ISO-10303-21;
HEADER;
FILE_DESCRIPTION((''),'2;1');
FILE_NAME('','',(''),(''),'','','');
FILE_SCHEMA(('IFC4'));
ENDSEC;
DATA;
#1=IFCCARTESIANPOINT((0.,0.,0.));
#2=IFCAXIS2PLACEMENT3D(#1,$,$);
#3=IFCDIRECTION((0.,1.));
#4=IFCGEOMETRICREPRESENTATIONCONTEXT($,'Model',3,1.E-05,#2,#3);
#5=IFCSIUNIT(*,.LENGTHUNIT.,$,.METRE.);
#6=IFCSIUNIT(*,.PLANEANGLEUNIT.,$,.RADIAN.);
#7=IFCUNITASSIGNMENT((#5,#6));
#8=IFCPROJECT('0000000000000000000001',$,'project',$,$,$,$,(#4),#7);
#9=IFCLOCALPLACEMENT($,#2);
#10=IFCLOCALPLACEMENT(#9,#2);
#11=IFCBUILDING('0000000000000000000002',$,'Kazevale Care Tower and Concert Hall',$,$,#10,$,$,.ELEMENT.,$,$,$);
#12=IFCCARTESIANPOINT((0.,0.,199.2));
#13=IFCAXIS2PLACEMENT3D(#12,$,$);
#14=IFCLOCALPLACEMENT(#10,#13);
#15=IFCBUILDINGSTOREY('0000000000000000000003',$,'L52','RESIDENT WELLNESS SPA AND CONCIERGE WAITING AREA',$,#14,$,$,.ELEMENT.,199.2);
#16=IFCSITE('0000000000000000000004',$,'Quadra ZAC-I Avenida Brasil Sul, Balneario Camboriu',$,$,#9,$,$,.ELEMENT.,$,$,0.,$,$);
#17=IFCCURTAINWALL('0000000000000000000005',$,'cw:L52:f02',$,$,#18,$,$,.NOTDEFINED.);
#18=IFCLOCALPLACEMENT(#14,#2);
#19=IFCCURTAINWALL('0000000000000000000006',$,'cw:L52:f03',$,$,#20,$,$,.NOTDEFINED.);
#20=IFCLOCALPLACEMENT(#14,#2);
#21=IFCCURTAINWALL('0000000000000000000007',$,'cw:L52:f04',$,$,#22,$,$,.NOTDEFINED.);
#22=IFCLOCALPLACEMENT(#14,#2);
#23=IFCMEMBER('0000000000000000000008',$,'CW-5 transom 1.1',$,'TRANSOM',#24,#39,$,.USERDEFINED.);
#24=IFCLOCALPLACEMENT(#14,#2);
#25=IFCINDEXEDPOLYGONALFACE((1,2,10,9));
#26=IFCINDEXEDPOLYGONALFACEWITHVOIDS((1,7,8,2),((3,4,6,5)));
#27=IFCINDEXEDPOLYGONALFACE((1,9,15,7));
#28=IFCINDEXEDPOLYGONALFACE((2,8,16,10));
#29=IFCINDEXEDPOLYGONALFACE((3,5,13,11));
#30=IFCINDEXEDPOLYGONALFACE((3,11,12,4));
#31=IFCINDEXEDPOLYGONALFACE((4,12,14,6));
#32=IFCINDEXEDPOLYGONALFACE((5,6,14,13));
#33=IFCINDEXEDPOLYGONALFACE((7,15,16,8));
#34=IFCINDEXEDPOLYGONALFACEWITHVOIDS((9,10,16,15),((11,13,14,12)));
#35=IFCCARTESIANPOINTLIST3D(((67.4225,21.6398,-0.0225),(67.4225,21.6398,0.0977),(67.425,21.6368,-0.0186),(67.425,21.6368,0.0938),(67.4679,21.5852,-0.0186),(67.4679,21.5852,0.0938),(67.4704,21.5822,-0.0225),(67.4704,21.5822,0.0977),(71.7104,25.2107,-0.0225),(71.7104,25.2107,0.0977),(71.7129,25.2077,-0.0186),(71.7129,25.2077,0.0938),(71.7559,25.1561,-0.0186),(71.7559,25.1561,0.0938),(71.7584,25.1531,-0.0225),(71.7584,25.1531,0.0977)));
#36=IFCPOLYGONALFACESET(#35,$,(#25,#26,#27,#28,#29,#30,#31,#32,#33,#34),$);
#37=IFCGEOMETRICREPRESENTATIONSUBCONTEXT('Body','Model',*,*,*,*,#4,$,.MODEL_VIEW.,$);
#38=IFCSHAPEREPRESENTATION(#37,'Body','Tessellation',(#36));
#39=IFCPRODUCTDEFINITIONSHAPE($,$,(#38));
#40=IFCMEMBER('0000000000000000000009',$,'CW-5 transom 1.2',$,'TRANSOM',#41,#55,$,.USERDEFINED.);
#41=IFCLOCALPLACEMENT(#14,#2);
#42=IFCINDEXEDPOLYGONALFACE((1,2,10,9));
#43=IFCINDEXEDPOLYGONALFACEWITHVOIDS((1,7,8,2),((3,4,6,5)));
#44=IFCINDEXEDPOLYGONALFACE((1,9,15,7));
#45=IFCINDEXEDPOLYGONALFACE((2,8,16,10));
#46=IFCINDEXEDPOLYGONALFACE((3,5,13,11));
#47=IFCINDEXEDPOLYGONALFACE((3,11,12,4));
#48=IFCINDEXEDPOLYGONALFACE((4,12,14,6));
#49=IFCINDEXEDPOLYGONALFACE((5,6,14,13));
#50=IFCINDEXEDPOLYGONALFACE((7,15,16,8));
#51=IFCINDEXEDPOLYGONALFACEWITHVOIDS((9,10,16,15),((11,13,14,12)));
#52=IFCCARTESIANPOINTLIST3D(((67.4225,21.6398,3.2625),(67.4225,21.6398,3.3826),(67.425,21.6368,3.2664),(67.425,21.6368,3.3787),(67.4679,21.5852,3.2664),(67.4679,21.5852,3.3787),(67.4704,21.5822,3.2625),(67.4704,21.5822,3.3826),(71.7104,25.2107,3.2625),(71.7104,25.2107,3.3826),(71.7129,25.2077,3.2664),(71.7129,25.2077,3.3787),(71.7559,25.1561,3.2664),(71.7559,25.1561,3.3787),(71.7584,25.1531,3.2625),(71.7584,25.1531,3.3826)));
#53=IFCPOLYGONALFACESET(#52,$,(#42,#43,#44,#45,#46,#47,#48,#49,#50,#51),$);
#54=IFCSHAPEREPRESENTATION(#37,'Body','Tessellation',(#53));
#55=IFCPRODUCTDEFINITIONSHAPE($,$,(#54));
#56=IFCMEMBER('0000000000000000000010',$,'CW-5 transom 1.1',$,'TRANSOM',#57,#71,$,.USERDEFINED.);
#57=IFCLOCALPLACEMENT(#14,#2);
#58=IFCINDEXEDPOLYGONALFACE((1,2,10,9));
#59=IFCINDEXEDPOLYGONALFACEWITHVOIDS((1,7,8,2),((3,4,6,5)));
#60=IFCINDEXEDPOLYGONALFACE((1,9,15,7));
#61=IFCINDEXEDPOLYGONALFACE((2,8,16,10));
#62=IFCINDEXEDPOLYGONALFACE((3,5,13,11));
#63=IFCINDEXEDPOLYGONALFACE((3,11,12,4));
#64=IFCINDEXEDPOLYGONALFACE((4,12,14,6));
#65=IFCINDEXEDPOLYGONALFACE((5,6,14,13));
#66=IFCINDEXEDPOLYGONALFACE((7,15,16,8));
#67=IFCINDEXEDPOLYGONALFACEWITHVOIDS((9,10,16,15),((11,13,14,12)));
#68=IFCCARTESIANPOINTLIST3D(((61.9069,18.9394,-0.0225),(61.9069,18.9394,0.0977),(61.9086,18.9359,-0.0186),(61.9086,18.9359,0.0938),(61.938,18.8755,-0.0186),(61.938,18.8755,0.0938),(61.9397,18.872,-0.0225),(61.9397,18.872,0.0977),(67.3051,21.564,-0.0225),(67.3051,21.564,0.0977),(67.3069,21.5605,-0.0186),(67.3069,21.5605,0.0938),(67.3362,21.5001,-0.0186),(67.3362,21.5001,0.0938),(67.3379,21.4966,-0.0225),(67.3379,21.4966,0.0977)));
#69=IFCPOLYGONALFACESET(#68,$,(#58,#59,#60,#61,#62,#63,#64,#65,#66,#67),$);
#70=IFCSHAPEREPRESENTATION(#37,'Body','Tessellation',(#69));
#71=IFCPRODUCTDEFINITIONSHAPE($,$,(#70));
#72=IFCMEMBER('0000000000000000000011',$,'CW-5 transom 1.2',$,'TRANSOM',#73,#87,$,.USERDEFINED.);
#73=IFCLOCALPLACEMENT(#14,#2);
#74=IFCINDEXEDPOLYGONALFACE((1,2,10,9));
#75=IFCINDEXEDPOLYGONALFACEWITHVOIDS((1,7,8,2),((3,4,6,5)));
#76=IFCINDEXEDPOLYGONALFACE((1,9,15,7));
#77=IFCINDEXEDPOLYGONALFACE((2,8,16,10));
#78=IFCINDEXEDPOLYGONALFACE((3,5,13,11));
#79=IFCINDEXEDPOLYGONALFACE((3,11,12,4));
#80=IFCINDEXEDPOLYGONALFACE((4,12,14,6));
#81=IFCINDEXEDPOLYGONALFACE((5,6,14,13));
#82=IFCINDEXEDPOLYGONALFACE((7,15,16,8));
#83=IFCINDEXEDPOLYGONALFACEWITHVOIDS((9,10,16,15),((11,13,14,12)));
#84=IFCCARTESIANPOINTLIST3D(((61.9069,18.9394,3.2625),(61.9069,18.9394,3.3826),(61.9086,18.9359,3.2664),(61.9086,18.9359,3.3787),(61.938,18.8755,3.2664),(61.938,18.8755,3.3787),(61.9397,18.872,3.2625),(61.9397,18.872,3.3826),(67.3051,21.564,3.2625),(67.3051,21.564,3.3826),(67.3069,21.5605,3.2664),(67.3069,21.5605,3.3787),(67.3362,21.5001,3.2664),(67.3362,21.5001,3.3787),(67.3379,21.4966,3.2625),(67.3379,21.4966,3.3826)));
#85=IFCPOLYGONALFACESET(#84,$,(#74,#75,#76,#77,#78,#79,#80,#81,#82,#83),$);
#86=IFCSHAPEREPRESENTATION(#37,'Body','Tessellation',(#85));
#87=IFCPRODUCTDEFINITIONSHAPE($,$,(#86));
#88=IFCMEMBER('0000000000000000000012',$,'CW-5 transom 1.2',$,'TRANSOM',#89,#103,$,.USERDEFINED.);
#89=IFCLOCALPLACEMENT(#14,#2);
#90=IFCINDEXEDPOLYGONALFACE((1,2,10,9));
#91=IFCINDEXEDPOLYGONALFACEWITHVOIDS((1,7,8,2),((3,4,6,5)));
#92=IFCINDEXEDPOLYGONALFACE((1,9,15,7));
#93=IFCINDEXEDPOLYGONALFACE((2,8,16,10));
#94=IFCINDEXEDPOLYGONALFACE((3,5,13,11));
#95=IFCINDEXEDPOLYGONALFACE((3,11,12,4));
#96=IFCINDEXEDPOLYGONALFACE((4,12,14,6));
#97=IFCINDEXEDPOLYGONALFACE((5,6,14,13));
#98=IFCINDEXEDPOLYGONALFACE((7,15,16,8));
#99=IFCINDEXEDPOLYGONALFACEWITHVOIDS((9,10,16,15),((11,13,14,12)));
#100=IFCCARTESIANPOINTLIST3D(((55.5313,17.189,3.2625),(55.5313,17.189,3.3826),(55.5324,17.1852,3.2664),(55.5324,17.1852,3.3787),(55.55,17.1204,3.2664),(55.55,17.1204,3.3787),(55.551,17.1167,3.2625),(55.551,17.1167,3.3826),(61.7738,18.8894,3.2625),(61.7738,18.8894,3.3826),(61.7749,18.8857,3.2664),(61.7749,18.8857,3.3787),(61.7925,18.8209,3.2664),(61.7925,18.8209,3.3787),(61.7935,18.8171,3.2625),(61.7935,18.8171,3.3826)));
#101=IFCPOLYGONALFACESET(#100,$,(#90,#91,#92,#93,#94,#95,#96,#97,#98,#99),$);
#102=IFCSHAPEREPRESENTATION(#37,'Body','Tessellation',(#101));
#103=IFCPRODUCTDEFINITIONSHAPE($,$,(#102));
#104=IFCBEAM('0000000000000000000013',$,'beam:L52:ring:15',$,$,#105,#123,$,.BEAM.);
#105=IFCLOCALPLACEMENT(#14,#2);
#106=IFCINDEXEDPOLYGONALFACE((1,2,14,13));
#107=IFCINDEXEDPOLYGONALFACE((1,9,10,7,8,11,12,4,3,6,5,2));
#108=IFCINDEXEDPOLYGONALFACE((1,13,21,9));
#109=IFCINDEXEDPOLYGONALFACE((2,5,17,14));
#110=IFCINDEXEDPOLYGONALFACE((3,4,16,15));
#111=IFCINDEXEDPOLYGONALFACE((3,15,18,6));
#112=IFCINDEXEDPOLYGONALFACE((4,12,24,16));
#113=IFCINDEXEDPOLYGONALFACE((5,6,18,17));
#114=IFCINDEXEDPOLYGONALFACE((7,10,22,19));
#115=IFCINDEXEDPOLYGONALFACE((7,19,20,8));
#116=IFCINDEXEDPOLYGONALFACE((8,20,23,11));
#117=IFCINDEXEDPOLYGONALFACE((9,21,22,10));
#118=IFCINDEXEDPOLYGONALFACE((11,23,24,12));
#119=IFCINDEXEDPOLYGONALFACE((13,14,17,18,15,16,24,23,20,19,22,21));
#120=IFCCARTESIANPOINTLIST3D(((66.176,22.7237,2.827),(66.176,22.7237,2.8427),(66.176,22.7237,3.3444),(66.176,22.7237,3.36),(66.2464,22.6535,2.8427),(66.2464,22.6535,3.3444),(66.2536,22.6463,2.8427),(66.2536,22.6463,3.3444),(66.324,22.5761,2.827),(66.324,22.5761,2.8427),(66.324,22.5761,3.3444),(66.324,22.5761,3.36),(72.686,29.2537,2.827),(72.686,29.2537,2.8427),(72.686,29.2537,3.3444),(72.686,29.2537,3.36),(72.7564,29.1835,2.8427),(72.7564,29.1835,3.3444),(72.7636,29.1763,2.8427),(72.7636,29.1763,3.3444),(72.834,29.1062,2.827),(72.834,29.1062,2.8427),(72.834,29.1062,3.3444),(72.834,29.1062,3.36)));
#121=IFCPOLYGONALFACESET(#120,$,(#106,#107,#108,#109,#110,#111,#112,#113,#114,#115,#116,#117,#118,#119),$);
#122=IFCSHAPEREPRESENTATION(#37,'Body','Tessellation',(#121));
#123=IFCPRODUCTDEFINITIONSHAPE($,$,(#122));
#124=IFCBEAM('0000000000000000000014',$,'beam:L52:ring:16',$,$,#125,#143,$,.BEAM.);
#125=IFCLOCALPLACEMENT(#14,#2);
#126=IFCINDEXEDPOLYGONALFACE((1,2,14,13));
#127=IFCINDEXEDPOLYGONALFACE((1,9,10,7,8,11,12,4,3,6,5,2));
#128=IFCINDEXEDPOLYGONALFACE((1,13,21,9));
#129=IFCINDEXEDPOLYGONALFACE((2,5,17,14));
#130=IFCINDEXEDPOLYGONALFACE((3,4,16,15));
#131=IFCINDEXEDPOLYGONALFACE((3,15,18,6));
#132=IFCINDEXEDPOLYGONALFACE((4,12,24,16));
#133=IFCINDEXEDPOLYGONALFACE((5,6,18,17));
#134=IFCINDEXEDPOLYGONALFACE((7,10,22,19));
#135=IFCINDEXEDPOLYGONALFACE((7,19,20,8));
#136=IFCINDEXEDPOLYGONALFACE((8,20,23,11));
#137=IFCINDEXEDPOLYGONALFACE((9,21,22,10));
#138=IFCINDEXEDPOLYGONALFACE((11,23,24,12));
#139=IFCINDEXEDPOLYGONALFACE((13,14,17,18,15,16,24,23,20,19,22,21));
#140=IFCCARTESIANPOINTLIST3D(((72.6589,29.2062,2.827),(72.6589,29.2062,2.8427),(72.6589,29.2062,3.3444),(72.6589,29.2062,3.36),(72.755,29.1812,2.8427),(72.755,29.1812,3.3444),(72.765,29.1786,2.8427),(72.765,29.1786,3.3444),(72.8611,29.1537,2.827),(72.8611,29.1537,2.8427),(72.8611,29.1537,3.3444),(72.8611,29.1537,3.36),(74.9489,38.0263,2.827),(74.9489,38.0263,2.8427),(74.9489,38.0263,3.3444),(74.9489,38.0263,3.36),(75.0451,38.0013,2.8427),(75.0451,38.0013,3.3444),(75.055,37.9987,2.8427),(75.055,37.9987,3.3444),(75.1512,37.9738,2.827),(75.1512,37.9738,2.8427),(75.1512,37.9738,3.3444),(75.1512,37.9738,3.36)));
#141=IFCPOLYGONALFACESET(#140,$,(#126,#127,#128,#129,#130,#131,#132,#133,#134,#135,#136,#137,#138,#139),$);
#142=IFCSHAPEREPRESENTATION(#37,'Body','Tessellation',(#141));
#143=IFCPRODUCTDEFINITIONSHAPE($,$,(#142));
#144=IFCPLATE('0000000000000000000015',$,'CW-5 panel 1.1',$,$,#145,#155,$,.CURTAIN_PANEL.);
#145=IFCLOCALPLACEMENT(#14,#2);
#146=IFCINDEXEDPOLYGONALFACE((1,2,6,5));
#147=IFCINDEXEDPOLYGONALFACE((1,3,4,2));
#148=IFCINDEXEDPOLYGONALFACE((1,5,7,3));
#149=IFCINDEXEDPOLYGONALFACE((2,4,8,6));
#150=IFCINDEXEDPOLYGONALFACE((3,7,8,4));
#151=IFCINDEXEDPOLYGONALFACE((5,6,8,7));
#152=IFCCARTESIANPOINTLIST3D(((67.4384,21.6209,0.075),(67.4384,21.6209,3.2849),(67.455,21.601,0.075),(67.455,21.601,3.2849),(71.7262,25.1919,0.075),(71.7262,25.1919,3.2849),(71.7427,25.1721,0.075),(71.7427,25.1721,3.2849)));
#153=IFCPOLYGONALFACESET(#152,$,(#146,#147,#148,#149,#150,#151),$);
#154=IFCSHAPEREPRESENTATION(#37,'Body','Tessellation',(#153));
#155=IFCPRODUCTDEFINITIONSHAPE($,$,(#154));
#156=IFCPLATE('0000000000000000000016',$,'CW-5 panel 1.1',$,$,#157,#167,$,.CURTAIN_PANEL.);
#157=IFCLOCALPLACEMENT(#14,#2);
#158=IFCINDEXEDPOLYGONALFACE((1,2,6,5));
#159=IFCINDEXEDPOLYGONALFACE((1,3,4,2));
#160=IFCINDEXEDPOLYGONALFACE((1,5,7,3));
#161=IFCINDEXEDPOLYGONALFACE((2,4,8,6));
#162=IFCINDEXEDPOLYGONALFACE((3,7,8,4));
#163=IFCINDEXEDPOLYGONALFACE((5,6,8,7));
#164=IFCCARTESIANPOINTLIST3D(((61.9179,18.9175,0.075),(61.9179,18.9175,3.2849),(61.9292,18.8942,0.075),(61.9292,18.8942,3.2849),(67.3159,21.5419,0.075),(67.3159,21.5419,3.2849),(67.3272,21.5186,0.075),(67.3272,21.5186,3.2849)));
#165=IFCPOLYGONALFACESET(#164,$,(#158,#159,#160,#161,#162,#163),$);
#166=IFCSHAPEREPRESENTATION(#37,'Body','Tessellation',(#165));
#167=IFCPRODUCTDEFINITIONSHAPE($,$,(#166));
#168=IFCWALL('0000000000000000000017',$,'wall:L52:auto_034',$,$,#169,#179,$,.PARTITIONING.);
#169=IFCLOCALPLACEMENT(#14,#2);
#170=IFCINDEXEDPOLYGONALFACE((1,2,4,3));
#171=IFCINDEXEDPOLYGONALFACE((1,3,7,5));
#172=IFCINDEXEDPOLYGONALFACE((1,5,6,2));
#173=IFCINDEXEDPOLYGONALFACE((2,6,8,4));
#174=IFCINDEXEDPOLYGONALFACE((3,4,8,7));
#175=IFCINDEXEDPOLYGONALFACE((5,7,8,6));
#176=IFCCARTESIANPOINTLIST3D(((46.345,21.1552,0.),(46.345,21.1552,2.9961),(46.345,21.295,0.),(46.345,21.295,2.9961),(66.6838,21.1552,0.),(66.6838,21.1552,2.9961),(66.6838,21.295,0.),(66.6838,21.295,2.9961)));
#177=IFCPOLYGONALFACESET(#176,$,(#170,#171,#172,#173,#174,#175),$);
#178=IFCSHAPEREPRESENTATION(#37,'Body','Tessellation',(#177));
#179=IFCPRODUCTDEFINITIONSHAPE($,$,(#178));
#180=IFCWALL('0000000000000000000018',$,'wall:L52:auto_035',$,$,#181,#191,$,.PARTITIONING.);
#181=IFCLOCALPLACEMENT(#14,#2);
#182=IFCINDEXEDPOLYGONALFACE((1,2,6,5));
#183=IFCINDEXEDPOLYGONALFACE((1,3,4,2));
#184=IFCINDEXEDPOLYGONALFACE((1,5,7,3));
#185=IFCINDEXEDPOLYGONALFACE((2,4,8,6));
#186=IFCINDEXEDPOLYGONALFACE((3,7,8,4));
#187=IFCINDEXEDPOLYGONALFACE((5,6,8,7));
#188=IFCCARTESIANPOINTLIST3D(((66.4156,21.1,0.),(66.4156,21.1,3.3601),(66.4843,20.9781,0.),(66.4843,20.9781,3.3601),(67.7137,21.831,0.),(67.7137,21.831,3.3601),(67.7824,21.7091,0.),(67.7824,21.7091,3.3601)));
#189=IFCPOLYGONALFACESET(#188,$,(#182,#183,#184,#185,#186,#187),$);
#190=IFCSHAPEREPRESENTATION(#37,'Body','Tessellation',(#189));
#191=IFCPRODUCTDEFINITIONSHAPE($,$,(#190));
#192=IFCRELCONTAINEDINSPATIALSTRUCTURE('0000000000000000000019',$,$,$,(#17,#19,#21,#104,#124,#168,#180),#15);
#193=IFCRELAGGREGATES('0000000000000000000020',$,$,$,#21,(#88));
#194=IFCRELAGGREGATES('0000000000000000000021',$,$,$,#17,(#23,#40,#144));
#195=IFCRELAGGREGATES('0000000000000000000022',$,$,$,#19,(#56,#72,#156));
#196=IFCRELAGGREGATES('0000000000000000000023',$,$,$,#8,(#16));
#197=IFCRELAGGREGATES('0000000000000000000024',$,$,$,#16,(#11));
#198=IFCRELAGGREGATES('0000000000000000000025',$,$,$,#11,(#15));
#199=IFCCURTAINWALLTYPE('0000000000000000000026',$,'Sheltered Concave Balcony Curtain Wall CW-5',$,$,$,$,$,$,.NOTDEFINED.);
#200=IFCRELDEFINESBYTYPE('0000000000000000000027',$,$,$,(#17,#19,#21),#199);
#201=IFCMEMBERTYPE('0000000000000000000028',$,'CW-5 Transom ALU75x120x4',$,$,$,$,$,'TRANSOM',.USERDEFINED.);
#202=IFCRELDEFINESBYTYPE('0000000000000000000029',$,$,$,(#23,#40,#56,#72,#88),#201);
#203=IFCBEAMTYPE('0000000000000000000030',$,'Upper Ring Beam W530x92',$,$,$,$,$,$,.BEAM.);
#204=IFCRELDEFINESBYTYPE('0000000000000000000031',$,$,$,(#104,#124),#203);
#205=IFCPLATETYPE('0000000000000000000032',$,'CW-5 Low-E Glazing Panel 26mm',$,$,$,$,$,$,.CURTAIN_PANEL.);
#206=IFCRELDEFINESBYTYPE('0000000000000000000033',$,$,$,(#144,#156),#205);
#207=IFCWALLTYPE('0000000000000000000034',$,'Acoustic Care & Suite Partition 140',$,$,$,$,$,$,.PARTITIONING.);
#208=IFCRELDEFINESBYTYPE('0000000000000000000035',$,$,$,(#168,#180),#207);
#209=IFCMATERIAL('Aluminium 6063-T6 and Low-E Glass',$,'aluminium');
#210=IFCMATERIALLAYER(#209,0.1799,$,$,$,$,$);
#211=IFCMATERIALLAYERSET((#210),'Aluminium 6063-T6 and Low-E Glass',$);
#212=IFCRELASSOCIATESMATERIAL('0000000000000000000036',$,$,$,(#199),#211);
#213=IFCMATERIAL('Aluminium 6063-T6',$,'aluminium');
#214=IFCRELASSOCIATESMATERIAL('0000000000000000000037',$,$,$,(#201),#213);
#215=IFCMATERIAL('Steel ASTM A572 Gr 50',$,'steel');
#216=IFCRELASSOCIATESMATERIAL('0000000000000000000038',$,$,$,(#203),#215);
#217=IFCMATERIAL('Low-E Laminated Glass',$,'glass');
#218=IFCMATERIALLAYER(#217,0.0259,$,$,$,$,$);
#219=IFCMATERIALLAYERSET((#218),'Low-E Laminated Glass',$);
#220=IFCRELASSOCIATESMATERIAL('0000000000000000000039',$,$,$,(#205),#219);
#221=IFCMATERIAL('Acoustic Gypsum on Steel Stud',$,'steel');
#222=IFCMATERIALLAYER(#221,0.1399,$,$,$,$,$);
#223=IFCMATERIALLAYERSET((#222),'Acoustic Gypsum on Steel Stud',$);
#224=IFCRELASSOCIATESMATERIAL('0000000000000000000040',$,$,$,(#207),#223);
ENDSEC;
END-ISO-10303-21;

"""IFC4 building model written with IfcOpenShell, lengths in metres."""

from ifc_helpers import new_model, si_unit, direction, frame, frame_2d, origin, origin_2d, place, context, subcontext, project, spatial, rectangle, hollow_rectangle, i_section, extrude, material, layer, layer_set, material_profile, profile_set, type_object, element, aggregate, save


model = new_model("IFC4")

# Units and contexts
model_context = context("Model", 3, precision=1e-05, world=origin(), true_north=direction((0.0, 1.0)))
body_context = subcontext(model_context, "Body", "Model", "MODEL_VIEW")
ifc_project = project(units=[si_unit("LENGTHUNIT", "METRE"), si_unit("PLANEANGLEUNIT", "RADIAN")], contexts=[model_context])

# Site, building, storey
site_placement = place(None, origin())
site = spatial("IfcSite", under=ifc_project, at=site_placement, Name="Quadra ZAC-I Avenida Brasil Sul, Balneario Camboriu", CompositionType="ELEMENT", RefElevation=0.0)
building_placement = place(site_placement, origin())
building = spatial("IfcBuilding", under=site, at=building_placement, Name="Kazevale Care Tower and Concert Hall", CompositionType="ELEMENT")
storey_placement = place(building_placement, frame((0.0, 0.0, 199.2)))
storey = spatial("IfcBuildingStorey", under=building, at=storey_placement, Name="L52", Description="RESIDENT WELLNESS SPA AND CONCIERGE WAITING AREA", CompositionType="ELEMENT", Elevation=199.2)

# Curtain walls
ifc_material_1 = material(Name="Aluminium 6063-T6 and Low-E Glass", Category="aluminium")
ifc_layer_1 = layer(ifc_material_1, 0.1799)
ifc_layer_set_1 = layer_set([ifc_layer_1], Name="Aluminium 6063-T6 and Low-E Glass")
curtain_wall_type = type_object("IfcCurtainWallType", Name="Sheltered Concave Balcony Curtain Wall CW-5", PredefinedType="NOTDEFINED", material=ifc_layer_set_1)
curtain_wall_1_placement = place(storey_placement, origin())
curtain_wall_1 = element("IfcCurtainWall", 1, at=curtain_wall_1_placement, inside=storey, type_object=curtain_wall_type, Name="cw:L52:f02", PredefinedType="NOTDEFINED")
ifc_material_2 = material(Name="Aluminium 6063-T6", Category="aluminium")
curtain_wall_2_placement = place(storey_placement, origin())
curtain_wall_2 = element("IfcCurtainWall", 2, at=curtain_wall_2_placement, inside=storey, type_object=curtain_wall_type, Name="cw:L52:f03", PredefinedType="NOTDEFINED")

# Curtain wall
curtain_wall_3_placement = place(storey_placement, origin())
curtain_wall_3 = element("IfcCurtainWall", 3, at=curtain_wall_3_placement, inside=storey, type_object=curtain_wall_type, Name="cw:L52:f04", PredefinedType="NOTDEFINED")

# Members
ifc_material_profile_1 = material_profile(ifc_material_2, hollow_rectangle(XDim=0.075, YDim=0.1201, WallThickness=0.0039, at=origin_2d()), Name="ALU75x120x4")
ifc_profile_set_1 = profile_set([ifc_material_profile_1], Name="Aluminium 6063-T6")
member_type_1 = type_object("IfcMemberType", Name="CW-5 Transom ALU75x120x4", ElementType="TRANSOM", PredefinedType="USERDEFINED", material=ifc_profile_set_1)
member_1_placement = place(storey_placement, frame((71.7344, 25.1819, 0.0376), z_axis=(-0.768433, -0.63993, 0.0), x_axis=(0.63993, -0.768433, 0.0)))
member_1 = element("IfcMember", 4, at=member_1_placement, type_object=member_type_1, Name="CW-5 transom 1.1", ObjectType="TRANSOM", PredefinedType="USERDEFINED", context=body_context, shape_type="SweptSolid", body=[
    extrude(hollow_rectangle(XDim=0.075, YDim=0.1201, WallThickness=0.0039, at=origin_2d()), origin(), (0.0, 0.0, 1.0), 5.5801),
])
member_2_placement = place(storey_placement, frame((71.7344, 25.1819, 3.3225), z_axis=(-0.768433, -0.63993, 0.0), x_axis=(0.63993, -0.768433, 0.0)))
member_2 = element("IfcMember", 5, at=member_2_placement, type_object=member_type_1, Name="CW-5 transom 1.2", ObjectType="TRANSOM", PredefinedType="USERDEFINED", context=body_context, shape_type="SweptSolid", body=[
    extrude(hollow_rectangle(XDim=0.075, YDim=0.1201, WallThickness=0.0039, at=origin_2d()), origin(), (0.0, 0.0, 1.0), 5.5801),
])
member_3_placement = place(storey_placement, frame((67.3215, 21.5303, 0.0376), z_axis=(-0.899342, -0.437245, 0.0), x_axis=(0.437245, -0.899342, 0.0)))
member_3 = element("IfcMember", 6, at=member_3_placement, type_object=member_type_1, Name="CW-5 transom 1.1", ObjectType="TRANSOM", PredefinedType="USERDEFINED", context=body_context, shape_type="SweptSolid", body=[
    extrude(hollow_rectangle(XDim=0.075, YDim=0.1201, WallThickness=0.0039, at=origin_2d()), origin(), (0.0, 0.0, 1.0), 6.0024),
])
member_4_placement = place(storey_placement, frame((67.3215, 21.5303, 3.3225), z_axis=(-0.899342, -0.437245, 0.0), x_axis=(0.437245, -0.899342, 0.0)))
member_4 = element("IfcMember", 7, at=member_4_placement, type_object=member_type_1, Name="CW-5 transom 1.2", ObjectType="TRANSOM", PredefinedType="USERDEFINED", context=body_context, shape_type="SweptSolid", body=[
    extrude(hollow_rectangle(XDim=0.075, YDim=0.1201, WallThickness=0.0039, at=origin_2d()), origin(), (0.0, 0.0, 1.0), 6.0024),
])
member_5_placement = place(storey_placement, frame((61.7837, 18.8533, 3.3225), z_axis=(-0.964844, -0.262824, 0.0), x_axis=(0.262824, -0.964844, 0.0)))
member_5 = element("IfcMember", 8, at=member_5_placement, type_object=member_type_1, Name="CW-5 transom 1.2", ObjectType="TRANSOM", PredefinedType="USERDEFINED", context=body_context, shape_type="SweptSolid", body=[
    extrude(hollow_rectangle(XDim=0.075, YDim=0.1201, WallThickness=0.0039, at=origin_2d()), origin(), (0.0, 0.0, 1.0), 6.47),
])
aggregate(curtain_wall_3, [member_5])

# Beams
ifc_material_3 = material(Name="Steel ASTM A572 Gr 50", Category="steel")
ifc_material_profile_2 = material_profile(ifc_material_3, i_section(OverallWidth=0.209, OverallDepth=0.533, WebThickness=0.0103, FlangeThickness=0.0156, at=origin_2d()), Name="W530x92")
ifc_profile_set_2 = profile_set([ifc_material_profile_2], Name="Steel ASTM A572 Gr 50")
beam_type = type_object("IfcBeamType", Name="Upper Ring Beam W530x92", PredefinedType="BEAM", material=ifc_profile_set_2)
beam_1_placement = place(storey_placement, frame((66.25, 22.6499, 3.0935), z_axis=(0.70602, 0.708192, 0.0), x_axis=(-0.708192, 0.70602, 0.0)))
element("IfcBeam", 9, at=beam_1_placement, inside=storey, type_object=beam_type, Name="beam:L52:ring:15", PredefinedType="BEAM", context=body_context, shape_type="SweptSolid", body=[
    extrude(i_section(OverallWidth=0.209, OverallDepth=0.533, WebThickness=0.0103, FlangeThickness=0.0156, at=origin_2d()), origin(), (0.0, 0.0, 1.0), 9.2207),
])
beam_2_placement = place(storey_placement, frame((72.76, 29.1799, 3.0935), z_axis=(0.251307, 0.967907, 0.0), x_axis=(-0.967907, 0.251307, 0.0)))
element("IfcBeam", 10, at=beam_2_placement, inside=storey, type_object=beam_type, Name="beam:L52:ring:16", PredefinedType="BEAM", context=body_context, shape_type="SweptSolid", body=[
    extrude(i_section(OverallWidth=0.209, OverallDepth=0.533, WebThickness=0.0103, FlangeThickness=0.0156, at=origin_2d()), origin(), (0.0, 0.0, 1.0), 9.1125),
])

# Plates
ifc_material_4 = material(Name="Low-E Laminated Glass", Category="glass")
ifc_layer_2 = layer(ifc_material_4, 0.0259)
ifc_layer_set_2 = layer_set([ifc_layer_2], Name="Low-E Laminated Glass")
plate_type = type_object("IfcPlateType", Name="CW-5 Low-E Glazing Panel 26mm", PredefinedType="CURTAIN_PANEL", material=ifc_layer_set_2)
plate_1_placement = place(storey_placement, frame((69.5906, 23.3965, 0.075), z_axis=(0.0, 0.0, 1.0), x_axis=(-0.768407, -0.639961, 0.0)))
plate_1 = element("IfcPlate", 11, at=plate_1_placement, type_object=plate_type, Name="CW-5 panel 1.1", PredefinedType="CURTAIN_PANEL", context=body_context, shape_type="SweptSolid", body=[
    extrude(rectangle(XDim=5.5801, YDim=0.0259, at=origin_2d()), origin(), (0.0, 0.0, 1.0), 3.21),
])
aggregate(curtain_wall_1, [member_1, member_2, plate_1])
plate_2_placement = place(storey_placement, frame((64.6226, 20.218, 0.075), z_axis=(0.0, 0.0, 1.0), x_axis=(-0.899346, -0.437238, 0.0)))
plate_2 = element("IfcPlate", 12, at=plate_2_placement, type_object=plate_type, Name="CW-5 panel 1.1", PredefinedType="CURTAIN_PANEL", context=body_context, shape_type="SweptSolid", body=[
    extrude(rectangle(XDim=6.0022, YDim=0.0259, at=origin_2d()), origin(), (0.0, 0.0, 1.0), 3.21),
])
aggregate(curtain_wall_2, [member_3, member_4, plate_2])

# Walls
ifc_material_5 = material(Name="Acoustic Gypsum on Steel Stud", Category="steel")
ifc_layer_3 = layer(ifc_material_5, 0.1399)
ifc_layer_set_3 = layer_set([ifc_layer_3], Name="Acoustic Gypsum on Steel Stud")
wall_type = type_object("IfcWallType", Name="Acoustic Care & Suite Partition 140", PredefinedType="PARTITIONING", material=ifc_layer_set_3)
wall_1_placement = place(storey_placement, frame((66.6838, 21.2251, 0.0), z_axis=(0.0, 0.0, 1.0), x_axis=(-1.0, 0.0, 0.0)))
element("IfcWall", 13, at=wall_1_placement, inside=storey, type_object=wall_type, Name="wall:L52:auto_034", PredefinedType="PARTITIONING", context=body_context, shape_type="SweptSolid", body=[
    extrude(rectangle(XDim=20.3389, YDim=0.1399, at=frame_2d((10.1694, 0.0))), origin(), (0.0, 0.0, 1.0), 2.9961),
])
wall_2_placement = place(storey_placement, frame((67.748, 21.77, 0.0), z_axis=(0.0, 0.0, 1.0), x_axis=(-0.871352, -0.490658, 0.0)))
element("IfcWall", 14, at=wall_2_placement, inside=storey, type_object=wall_type, Name="wall:L52:auto_035", PredefinedType="PARTITIONING", context=body_context, shape_type="SweptSolid", body=[
    extrude(rectangle(XDim=1.4897, YDim=0.1399, at=frame_2d((0.7449, 0.0))), origin(), (0.0, 0.0, 1.0), 3.3601),
])

save(model, "model.ifc")
